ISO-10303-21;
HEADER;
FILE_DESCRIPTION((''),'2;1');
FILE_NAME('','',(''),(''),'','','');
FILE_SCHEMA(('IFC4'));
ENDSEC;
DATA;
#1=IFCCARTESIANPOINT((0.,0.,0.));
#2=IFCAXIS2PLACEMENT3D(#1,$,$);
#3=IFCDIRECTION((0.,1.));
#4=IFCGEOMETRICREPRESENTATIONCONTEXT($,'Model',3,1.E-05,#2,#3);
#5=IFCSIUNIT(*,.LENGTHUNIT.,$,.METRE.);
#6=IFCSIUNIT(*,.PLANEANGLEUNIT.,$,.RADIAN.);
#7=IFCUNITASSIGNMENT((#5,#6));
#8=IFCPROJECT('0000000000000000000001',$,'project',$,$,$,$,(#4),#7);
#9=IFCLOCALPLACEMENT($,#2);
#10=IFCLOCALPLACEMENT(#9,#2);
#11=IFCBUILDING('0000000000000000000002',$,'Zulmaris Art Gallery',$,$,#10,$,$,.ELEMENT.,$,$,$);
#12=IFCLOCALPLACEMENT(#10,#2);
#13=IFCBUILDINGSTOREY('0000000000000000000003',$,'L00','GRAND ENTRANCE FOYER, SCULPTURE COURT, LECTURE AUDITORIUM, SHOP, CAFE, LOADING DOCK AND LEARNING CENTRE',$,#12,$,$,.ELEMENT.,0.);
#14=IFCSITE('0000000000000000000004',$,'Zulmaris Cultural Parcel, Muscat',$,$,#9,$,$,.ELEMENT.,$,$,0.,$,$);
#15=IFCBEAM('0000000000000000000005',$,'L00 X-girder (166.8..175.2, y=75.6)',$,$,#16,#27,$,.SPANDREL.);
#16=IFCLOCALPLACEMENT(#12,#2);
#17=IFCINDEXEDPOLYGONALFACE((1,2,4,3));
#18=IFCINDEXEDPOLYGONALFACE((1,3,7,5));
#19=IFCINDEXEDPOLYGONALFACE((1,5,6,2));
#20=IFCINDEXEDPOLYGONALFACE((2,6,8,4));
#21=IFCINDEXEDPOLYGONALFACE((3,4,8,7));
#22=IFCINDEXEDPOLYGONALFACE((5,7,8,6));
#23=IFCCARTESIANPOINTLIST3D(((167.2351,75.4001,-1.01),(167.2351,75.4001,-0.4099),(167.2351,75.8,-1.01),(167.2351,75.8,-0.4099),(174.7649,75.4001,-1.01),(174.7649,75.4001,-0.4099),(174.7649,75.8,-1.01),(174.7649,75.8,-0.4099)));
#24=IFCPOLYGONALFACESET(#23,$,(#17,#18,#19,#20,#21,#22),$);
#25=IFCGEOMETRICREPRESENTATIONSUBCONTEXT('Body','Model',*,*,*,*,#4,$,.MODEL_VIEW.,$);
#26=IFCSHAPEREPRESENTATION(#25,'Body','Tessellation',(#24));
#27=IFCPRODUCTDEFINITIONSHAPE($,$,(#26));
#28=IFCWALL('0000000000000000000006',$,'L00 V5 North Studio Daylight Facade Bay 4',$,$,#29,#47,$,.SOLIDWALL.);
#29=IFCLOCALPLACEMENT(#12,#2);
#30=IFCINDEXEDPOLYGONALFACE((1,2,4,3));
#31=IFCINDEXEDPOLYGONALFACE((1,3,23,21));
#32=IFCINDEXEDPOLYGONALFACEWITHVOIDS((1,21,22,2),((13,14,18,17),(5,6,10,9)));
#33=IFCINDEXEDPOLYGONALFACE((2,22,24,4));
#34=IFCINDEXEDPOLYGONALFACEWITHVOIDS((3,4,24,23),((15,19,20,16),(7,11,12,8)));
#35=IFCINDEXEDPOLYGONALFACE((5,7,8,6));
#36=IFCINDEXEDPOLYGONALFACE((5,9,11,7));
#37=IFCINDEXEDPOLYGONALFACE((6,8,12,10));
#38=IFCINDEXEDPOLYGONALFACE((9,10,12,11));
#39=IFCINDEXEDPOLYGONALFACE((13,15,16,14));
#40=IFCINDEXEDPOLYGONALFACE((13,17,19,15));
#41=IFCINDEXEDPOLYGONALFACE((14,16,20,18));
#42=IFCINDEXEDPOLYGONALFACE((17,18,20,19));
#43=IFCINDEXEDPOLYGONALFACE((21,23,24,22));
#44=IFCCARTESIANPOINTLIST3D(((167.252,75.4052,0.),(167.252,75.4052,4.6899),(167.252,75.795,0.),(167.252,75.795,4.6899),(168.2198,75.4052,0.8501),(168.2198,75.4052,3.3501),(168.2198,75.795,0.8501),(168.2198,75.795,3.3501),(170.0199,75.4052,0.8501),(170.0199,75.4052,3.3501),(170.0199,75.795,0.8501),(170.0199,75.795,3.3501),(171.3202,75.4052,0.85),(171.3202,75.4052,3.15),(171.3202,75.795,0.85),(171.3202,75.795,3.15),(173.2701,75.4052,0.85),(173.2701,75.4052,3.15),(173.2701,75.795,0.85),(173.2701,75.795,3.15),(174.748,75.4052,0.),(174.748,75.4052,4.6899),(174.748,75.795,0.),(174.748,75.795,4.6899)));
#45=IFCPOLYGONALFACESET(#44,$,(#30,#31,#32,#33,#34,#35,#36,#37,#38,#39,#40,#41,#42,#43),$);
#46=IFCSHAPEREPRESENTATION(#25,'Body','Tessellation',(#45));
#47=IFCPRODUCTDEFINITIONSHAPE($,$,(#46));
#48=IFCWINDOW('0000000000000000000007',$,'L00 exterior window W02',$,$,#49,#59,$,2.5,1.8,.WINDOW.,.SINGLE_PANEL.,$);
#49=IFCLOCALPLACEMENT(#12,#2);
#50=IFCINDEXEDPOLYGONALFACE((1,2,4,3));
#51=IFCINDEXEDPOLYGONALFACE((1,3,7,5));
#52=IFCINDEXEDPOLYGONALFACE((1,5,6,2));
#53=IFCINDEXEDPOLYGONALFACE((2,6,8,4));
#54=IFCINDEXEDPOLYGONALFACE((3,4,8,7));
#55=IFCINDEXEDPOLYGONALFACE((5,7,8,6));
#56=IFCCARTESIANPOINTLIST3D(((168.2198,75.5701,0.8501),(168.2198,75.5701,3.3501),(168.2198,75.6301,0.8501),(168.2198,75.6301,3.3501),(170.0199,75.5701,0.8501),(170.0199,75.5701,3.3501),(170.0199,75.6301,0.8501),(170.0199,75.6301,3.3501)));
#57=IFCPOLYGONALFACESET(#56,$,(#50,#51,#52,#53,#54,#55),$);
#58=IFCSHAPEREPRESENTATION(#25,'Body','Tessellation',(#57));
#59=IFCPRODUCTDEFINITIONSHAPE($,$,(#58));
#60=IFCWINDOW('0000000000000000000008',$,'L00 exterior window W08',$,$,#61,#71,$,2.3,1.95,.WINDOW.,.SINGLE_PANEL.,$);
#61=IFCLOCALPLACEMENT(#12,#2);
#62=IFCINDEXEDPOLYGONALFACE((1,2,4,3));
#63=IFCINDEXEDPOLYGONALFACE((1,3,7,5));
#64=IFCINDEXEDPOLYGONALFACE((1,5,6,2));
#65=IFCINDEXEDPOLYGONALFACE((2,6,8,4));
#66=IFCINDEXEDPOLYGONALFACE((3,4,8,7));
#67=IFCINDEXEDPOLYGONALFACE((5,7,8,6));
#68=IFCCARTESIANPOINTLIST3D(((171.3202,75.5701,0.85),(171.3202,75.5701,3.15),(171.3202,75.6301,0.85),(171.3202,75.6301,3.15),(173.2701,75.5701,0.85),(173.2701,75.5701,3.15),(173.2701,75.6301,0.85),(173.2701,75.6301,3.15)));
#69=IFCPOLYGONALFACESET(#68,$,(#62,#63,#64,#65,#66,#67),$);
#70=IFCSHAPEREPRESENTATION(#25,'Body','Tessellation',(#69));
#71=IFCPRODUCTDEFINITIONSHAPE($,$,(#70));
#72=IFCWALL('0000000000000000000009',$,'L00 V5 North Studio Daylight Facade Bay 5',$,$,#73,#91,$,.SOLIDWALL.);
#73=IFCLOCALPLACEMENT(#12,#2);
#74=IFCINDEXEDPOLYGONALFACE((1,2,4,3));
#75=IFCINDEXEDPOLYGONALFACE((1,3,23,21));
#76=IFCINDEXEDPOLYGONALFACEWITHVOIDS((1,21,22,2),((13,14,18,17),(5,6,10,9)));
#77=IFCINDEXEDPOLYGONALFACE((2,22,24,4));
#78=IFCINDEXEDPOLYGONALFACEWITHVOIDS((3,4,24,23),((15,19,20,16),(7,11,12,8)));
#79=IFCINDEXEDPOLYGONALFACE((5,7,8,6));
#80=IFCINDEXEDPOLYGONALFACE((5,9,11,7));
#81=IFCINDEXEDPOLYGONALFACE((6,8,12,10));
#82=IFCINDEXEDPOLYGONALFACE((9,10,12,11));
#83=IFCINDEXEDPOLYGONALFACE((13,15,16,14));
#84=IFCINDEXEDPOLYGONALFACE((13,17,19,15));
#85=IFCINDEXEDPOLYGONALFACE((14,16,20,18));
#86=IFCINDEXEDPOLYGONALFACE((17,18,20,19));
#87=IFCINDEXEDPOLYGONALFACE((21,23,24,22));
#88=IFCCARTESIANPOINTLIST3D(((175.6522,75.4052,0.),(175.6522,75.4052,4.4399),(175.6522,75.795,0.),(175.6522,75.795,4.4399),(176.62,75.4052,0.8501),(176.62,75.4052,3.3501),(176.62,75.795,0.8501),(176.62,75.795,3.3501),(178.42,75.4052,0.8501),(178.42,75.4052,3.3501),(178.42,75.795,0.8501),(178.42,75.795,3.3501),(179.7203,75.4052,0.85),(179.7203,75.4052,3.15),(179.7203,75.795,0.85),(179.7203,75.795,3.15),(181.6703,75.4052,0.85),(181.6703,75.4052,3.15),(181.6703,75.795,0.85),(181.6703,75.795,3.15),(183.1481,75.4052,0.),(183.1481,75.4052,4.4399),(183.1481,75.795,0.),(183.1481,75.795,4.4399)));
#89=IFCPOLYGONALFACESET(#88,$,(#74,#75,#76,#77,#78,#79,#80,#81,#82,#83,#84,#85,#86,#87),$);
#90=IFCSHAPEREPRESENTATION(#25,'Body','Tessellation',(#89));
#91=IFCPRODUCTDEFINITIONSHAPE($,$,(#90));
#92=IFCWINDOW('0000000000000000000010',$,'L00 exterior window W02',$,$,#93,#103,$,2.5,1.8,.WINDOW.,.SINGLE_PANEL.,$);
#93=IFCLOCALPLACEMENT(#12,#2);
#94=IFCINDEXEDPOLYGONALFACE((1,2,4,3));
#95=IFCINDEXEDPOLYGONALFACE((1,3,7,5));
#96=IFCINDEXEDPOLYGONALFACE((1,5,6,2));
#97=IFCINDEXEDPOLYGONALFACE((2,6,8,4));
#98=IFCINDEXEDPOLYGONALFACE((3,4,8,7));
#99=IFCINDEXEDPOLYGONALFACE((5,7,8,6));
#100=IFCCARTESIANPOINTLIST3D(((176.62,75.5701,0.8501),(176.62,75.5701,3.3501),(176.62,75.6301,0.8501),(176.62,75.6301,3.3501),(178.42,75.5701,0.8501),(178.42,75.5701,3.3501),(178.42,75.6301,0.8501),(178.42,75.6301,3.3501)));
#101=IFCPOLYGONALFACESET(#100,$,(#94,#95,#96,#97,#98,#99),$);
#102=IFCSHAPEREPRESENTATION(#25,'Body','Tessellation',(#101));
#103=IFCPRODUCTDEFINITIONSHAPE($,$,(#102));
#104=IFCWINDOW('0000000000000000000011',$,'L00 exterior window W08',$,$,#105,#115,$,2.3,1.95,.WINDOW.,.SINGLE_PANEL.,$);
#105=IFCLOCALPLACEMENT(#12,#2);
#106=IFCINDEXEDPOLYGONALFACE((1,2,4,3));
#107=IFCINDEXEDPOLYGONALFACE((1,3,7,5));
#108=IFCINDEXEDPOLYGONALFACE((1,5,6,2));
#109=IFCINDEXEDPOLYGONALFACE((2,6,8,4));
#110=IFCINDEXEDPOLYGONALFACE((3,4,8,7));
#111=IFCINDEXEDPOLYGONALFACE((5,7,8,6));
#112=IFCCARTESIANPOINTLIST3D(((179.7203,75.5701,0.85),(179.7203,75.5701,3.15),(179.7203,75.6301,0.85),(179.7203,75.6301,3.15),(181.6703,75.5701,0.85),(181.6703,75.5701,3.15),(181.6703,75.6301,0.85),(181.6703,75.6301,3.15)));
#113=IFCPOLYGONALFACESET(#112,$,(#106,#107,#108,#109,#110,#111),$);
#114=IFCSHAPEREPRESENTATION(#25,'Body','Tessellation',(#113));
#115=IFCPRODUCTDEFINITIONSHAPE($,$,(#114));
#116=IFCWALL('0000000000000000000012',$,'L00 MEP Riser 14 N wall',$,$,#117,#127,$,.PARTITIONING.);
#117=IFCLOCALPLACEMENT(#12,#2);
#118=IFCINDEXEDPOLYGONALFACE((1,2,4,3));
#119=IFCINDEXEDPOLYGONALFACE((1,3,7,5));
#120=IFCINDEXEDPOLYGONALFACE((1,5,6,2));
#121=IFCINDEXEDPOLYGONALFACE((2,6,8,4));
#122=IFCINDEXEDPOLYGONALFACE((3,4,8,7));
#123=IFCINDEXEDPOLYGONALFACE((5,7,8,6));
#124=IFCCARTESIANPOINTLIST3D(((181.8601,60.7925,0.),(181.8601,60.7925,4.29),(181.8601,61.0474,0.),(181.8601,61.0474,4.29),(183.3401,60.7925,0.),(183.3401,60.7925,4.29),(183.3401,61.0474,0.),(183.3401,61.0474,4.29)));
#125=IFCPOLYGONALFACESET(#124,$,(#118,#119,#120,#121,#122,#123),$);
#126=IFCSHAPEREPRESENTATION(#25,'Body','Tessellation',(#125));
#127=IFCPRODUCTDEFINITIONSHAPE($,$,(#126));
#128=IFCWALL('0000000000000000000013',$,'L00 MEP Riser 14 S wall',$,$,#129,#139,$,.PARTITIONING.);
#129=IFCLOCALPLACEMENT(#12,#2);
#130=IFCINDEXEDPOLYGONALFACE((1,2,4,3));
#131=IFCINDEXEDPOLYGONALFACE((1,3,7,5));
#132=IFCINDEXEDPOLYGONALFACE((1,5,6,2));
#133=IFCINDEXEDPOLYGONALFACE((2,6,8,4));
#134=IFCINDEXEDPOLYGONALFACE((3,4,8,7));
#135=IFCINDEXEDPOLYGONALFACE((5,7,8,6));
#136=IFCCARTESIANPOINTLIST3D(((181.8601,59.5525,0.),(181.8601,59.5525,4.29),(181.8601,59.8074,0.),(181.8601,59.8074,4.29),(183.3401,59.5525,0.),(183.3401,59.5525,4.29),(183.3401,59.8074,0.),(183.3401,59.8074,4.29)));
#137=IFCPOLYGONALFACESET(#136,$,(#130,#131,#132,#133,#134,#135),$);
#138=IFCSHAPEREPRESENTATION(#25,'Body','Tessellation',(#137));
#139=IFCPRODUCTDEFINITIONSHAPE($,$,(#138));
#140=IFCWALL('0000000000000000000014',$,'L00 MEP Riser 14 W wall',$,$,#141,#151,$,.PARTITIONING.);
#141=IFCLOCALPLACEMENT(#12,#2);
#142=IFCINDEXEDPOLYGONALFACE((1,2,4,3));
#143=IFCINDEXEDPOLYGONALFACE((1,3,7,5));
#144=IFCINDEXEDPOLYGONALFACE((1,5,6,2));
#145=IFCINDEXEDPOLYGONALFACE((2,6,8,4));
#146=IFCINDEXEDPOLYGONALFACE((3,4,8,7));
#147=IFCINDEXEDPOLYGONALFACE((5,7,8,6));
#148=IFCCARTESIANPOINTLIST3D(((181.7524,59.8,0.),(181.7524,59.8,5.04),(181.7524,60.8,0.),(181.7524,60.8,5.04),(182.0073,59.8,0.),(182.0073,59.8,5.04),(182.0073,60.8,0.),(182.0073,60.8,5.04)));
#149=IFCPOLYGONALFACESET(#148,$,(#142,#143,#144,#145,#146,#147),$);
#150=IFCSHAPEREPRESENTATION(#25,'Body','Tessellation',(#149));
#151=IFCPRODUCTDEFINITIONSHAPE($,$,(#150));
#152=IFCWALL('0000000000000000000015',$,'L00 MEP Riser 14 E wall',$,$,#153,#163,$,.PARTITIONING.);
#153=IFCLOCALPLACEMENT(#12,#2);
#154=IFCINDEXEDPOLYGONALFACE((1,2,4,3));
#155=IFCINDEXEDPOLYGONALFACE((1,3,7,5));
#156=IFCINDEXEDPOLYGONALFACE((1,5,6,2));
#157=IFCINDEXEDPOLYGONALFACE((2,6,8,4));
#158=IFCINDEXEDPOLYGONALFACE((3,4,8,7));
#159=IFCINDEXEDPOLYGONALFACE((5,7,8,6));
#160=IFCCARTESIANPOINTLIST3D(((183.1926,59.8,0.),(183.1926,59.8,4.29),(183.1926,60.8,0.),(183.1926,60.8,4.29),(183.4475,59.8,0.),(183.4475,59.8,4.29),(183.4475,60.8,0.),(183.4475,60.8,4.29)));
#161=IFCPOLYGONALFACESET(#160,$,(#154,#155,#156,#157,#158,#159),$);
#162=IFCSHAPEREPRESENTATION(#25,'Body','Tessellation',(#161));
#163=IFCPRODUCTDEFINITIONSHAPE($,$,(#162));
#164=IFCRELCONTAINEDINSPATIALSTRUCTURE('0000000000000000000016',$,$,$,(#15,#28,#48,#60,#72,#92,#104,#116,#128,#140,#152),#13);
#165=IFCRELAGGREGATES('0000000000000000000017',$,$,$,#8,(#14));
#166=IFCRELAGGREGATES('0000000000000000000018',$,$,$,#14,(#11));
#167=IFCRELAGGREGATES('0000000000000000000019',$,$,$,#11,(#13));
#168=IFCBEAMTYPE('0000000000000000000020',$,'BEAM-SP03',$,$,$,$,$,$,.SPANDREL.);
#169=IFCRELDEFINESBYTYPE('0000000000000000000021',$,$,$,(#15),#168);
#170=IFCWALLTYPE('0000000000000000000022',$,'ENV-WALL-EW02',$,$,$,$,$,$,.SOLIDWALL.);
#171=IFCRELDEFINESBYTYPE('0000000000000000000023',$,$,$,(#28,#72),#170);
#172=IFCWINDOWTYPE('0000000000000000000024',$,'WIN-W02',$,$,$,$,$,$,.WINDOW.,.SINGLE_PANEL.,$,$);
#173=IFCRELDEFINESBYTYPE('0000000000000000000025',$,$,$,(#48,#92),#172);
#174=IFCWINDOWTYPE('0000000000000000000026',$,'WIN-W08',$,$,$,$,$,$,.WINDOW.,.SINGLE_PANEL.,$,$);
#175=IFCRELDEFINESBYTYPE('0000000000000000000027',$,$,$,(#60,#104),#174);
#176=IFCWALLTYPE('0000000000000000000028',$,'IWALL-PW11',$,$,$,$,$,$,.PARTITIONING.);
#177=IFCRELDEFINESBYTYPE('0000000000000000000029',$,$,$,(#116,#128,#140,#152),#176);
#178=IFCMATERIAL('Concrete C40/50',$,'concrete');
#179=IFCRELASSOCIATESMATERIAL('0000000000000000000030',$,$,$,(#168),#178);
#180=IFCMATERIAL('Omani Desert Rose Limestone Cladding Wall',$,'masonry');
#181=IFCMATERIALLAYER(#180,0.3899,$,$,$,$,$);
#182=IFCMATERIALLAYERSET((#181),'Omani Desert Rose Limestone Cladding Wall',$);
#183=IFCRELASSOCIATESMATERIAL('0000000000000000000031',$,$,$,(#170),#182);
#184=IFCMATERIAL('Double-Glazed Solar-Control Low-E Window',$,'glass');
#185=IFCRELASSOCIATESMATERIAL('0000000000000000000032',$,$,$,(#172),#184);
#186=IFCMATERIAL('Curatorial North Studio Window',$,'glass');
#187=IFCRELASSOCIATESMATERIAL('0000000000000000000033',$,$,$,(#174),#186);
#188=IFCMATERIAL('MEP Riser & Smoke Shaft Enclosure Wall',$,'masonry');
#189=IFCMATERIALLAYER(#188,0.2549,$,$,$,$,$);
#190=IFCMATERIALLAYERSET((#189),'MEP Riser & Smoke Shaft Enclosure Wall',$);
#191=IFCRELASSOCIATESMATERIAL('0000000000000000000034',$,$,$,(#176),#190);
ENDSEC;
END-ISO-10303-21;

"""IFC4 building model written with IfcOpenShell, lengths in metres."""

from ifc_helpers import new_model, si_unit, direction, frame, frame_2d, origin, origin_2d, place, context, subcontext, project, spatial, rectangle, extrude, material, layer, layer_set, material_profile, profile_set, type_object, element, fill, save


model = new_model("IFC4")

# Units and contexts
model_context = context("Model", 3, precision=1e-05, world=origin(), true_north=direction((0.0, 1.0)))
body_context = subcontext(model_context, "Body", "Model", "MODEL_VIEW")
ifc_project = project(units=[si_unit("LENGTHUNIT", "METRE"), si_unit("PLANEANGLEUNIT", "RADIAN")], contexts=[model_context])

# Site, building, storey
site_placement = place(None, origin())
site = spatial("IfcSite", under=ifc_project, at=site_placement, Name="Zulmaris Cultural Parcel, Muscat", CompositionType="ELEMENT", RefElevation=0.0)
building_placement = place(site_placement, origin())
building = spatial("IfcBuilding", under=site, at=building_placement, Name="Zulmaris Art Gallery", CompositionType="ELEMENT")
storey_placement = place(building_placement, origin())
storey = spatial("IfcBuildingStorey", under=building, at=storey_placement, Name="L00", Description="GRAND ENTRANCE FOYER, SCULPTURE COURT, LECTURE AUDITORIUM, SHOP, CAFE, LOADING DOCK AND LEARNING CENTRE", CompositionType="ELEMENT", Elevation=0.0)

# Beam
ifc_material_1 = material(Name="Concrete C40/50", Category="concrete")
ifc_material_profile_1 = material_profile(ifc_material_1, rectangle(XDim=0.3999, YDim=0.6001, at=origin_2d()), Name="RC 400x600")
ifc_profile_set_1 = profile_set([ifc_material_profile_1], Name="Concrete C40/50")
beam_type_1 = type_object("IfcBeamType", Name="BEAM-SP03", PredefinedType="SPANDREL", material=ifc_profile_set_1)
beam_1_placement = place(storey_placement, frame((167.2351, 75.6001, -0.71), z_axis=(1.0, 0.0, 0.0), x_axis=(0.0, 1.0, 0.0)))
element("IfcBeam", 1, at=beam_1_placement, inside=storey, type_object=beam_type_1, Name="L00 X-girder (166.8..175.2, y=75.6)", PredefinedType="SPANDREL", context=body_context, shape_type="SweptSolid", body=[
    extrude(rectangle(XDim=0.3999, YDim=0.6001, at=origin_2d()), origin(), (0.0, 0.0, 1.0), 7.5298),
])

# Walls, openings, windows
ifc_material_2 = material(Name="Omani Desert Rose Limestone Cladding Wall", Category="masonry")
ifc_layer_1 = layer(ifc_material_2, 0.3899)
ifc_layer_set_1 = layer_set([ifc_layer_1], Name="Omani Desert Rose Limestone Cladding Wall")
wall_type_1 = type_object("IfcWallType", Name="ENV-WALL-EW02", PredefinedType="SOLIDWALL", material=ifc_layer_set_1)
wall_1_placement = place(storey_placement, frame((167.252, 75.6001, 0.0), z_axis=(0.0, 0.0, 1.0), x_axis=(1.0, 0.0, 0.0)))
wall_1 = element("IfcWall", 2, at=wall_1_placement, inside=storey, type_object=wall_type_1, Name="L00 V5 North Studio Daylight Facade Bay 4", PredefinedType="SOLIDWALL", context=body_context, shape_type="SweptSolid", body=[
    extrude(rectangle(XDim=7.4961, YDim=0.3899, at=frame_2d((3.748, 0.0))), origin(), (0.0, 0.0, 1.0), 4.6899),
])
opening_1_placement = place(wall_1_placement, frame((0.968, 0.0, 0.8501)))
opening_1 = element("IfcOpeningElement", 3, at=opening_1_placement, cuts=wall_1, PredefinedType="OPENING", context=body_context, shape_type="SweptSolid", body=[
    extrude(rectangle(XDim=1.8, YDim=2.5, at=frame_2d((0.8999, 1.25))), frame((0.0, 0.2048, 0.0), z_axis=(0.0, -1.0, 0.0), x_axis=(1.0, 0.0, 0.0)), (0.0, 0.0, 1.0), 0.4099),
])
opening_2_placement = place(wall_1_placement, frame((4.0681, 0.0, 0.8501)))
opening_2 = element("IfcOpeningElement", 4, at=opening_2_placement, cuts=wall_1, PredefinedType="OPENING", context=body_context, shape_type="SweptSolid", body=[
    extrude(rectangle(XDim=1.95, YDim=2.3, at=frame_2d((0.9751, 1.1499))), frame((0.0, 0.2048, 0.0), z_axis=(0.0, -1.0, 0.0), x_axis=(1.0, 0.0, 0.0)), (0.0, 0.0, 1.0), 0.4099),
])
ifc_material_3 = material(Name="Double-Glazed Solar-Control Low-E Window", Category="glass")
window_type_1 = type_object("IfcWindowType", Name="WIN-W02", PartitioningType="SINGLE_PANEL", PredefinedType="WINDOW", material=ifc_material_3)
window_1_placement = place(opening_1_placement, origin())
window_1 = element("IfcWindow", 5, at=window_1_placement, inside=storey, type_object=window_type_1, Name="L00 exterior window W02", OverallHeight=2.5, OverallWidth=1.8, PartitioningType="SINGLE_PANEL", PredefinedType="WINDOW", context=body_context, shape_type="SweptSolid", body=[
    extrude(rectangle(XDim=1.8, YDim=2.5, at=frame_2d((0.8999, 1.25))), frame((0.0, 0.03, 0.0), z_axis=(0.0, -1.0, 0.0), x_axis=(1.0, 0.0, 0.0)), (0.0, 0.0, 1.0), 0.0601),
])
fill(opening_1, window_1)
ifc_material_4 = material(Name="Curatorial North Studio Window", Category="glass")
window_type_2 = type_object("IfcWindowType", Name="WIN-W08", PartitioningType="SINGLE_PANEL", PredefinedType="WINDOW", material=ifc_material_4)
window_2_placement = place(opening_2_placement, origin())
window_2 = element("IfcWindow", 6, at=window_2_placement, inside=storey, type_object=window_type_2, Name="L00 exterior window W08", OverallHeight=2.3, OverallWidth=1.95, PartitioningType="SINGLE_PANEL", PredefinedType="WINDOW", context=body_context, shape_type="SweptSolid", body=[
    extrude(rectangle(XDim=1.95, YDim=2.3, at=frame_2d((0.9751, 1.1499))), frame((0.0, 0.03, 0.0), z_axis=(0.0, -1.0, 0.0), x_axis=(1.0, 0.0, 0.0)), (0.0, 0.0, 1.0), 0.0601),
])
fill(opening_2, window_2)
wall_2_placement = place(storey_placement, frame((175.6521, 75.6001, 0.0), z_axis=(0.0, 0.0, 1.0), x_axis=(1.0, 0.0, 0.0)))
wall_2 = element("IfcWall", 7, at=wall_2_placement, inside=storey, type_object=wall_type_1, Name="L00 V5 North Studio Daylight Facade Bay 5", PredefinedType="SOLIDWALL", context=body_context, shape_type="SweptSolid", body=[
    extrude(rectangle(XDim=7.4958, YDim=0.3899, at=frame_2d((3.748, 0.0))), origin(), (0.0, 0.0, 1.0), 4.4399),
])
opening_3_placement = place(wall_2_placement, frame((0.968, 0.0, 0.8501)))
opening_3 = element("IfcOpeningElement", 8, at=opening_3_placement, cuts=wall_2, PredefinedType="OPENING", context=body_context, shape_type="SweptSolid", body=[
    extrude(rectangle(XDim=1.8, YDim=2.5, at=frame_2d((0.8999, 1.25))), frame((0.0, 0.2048, 0.0), z_axis=(0.0, -1.0, 0.0), x_axis=(1.0, 0.0, 0.0)), (0.0, 0.0, 1.0), 0.4099),
])
opening_4_placement = place(wall_2_placement, frame((4.0681, 0.0, 0.8501)))
opening_4 = element("IfcOpeningElement", 9, at=opening_4_placement, cuts=wall_2, PredefinedType="OPENING", context=body_context, shape_type="SweptSolid", body=[
    extrude(rectangle(XDim=1.95, YDim=2.3, at=frame_2d((0.9751, 1.1499))), frame((0.0, 0.2048, 0.0), z_axis=(0.0, -1.0, 0.0), x_axis=(1.0, 0.0, 0.0)), (0.0, 0.0, 1.0), 0.4099),
])
window_3_placement = place(opening_3_placement, origin())
window_3 = element("IfcWindow", 10, at=window_3_placement, inside=storey, type_object=window_type_1, Name="L00 exterior window W02", OverallHeight=2.5, OverallWidth=1.8, PartitioningType="SINGLE_PANEL", PredefinedType="WINDOW", context=body_context, shape_type="SweptSolid", body=[
    extrude(rectangle(XDim=1.8, YDim=2.5, at=frame_2d((0.8999, 1.25))), frame((0.0, 0.03, 0.0), z_axis=(0.0, -1.0, 0.0), x_axis=(1.0, 0.0, 0.0)), (0.0, 0.0, 1.0), 0.0601),
])
fill(opening_3, window_3)
window_4_placement = place(opening_4_placement, origin())
window_4 = element("IfcWindow", 11, at=window_4_placement, inside=storey, type_object=window_type_2, Name="L00 exterior window W08", OverallHeight=2.3, OverallWidth=1.95, PartitioningType="SINGLE_PANEL", PredefinedType="WINDOW", context=body_context, shape_type="SweptSolid", body=[
    extrude(rectangle(XDim=1.95, YDim=2.3, at=frame_2d((0.9751, 1.1499))), frame((0.0, 0.03, 0.0), z_axis=(0.0, -1.0, 0.0), x_axis=(1.0, 0.0, 0.0)), (0.0, 0.0, 1.0), 0.0601),
])
fill(opening_4, window_4)

# Walls
ifc_material_5 = material(Name="MEP Riser & Smoke Shaft Enclosure Wall", Category="masonry")
ifc_layer_2 = layer(ifc_material_5, 0.2549)
ifc_layer_set_2 = layer_set([ifc_layer_2], Name="MEP Riser & Smoke Shaft Enclosure Wall")
wall_type_2 = type_object("IfcWallType", Name="IWALL-PW11", PredefinedType="PARTITIONING", material=ifc_layer_set_2)
for number, where, z_axis, x_axis, name in (
    (12, (181.8601, 60.9199, 0.0), (0.0, 0.0, 1.0), (1.0, 0.0, 0.0), "L00 MEP Riser 14 N wall"),
    (13, (181.8601, 59.6799, 0.0), (0.0, 0.0, 1.0), (1.0, 0.0, 0.0), "L00 MEP Riser 14 S wall"),
):
    element("IfcWall", number, at=place(storey_placement, frame(where, z_axis=z_axis, x_axis=x_axis)), inside=storey, type_object=wall_type_2, Name=name, PredefinedType="PARTITIONING", context=body_context, shape_type="SweptSolid", body=[
        extrude(rectangle(XDim=1.48, YDim=0.2549, at=frame_2d((0.74, 0.0))), origin(), (0.0, 0.0, 1.0), 4.29),
    ])
wall_3_placement = place(storey_placement, frame((181.8799, 59.8, 0.0), z_axis=(0.0, 0.0, 1.0), x_axis=(0.0, 1.0, 0.0)))
element("IfcWall", 14, at=wall_3_placement, inside=storey, type_object=wall_type_2, Name="L00 MEP Riser 14 W wall", PredefinedType="PARTITIONING", context=body_context, shape_type="SweptSolid", body=[
    extrude(rectangle(XDim=1.0, YDim=0.2549, at=frame_2d((0.5, 0.0))), origin(), (0.0, 0.0, 1.0), 5.04),
])
wall_4_placement = place(storey_placement, frame((183.3201, 59.8, 0.0), z_axis=(0.0, 0.0, 1.0), x_axis=(0.0, 1.0, 0.0)))
element("IfcWall", 15, at=wall_4_placement, inside=storey, type_object=wall_type_2, Name="L00 MEP Riser 14 E wall", PredefinedType="PARTITIONING", context=body_context, shape_type="SweptSolid", body=[
    extrude(rectangle(XDim=1.0, YDim=0.2549, at=frame_2d((0.5, 0.0))), origin(), (0.0, 0.0, 1.0), 4.29),
])

save(model, "model.ifc")
